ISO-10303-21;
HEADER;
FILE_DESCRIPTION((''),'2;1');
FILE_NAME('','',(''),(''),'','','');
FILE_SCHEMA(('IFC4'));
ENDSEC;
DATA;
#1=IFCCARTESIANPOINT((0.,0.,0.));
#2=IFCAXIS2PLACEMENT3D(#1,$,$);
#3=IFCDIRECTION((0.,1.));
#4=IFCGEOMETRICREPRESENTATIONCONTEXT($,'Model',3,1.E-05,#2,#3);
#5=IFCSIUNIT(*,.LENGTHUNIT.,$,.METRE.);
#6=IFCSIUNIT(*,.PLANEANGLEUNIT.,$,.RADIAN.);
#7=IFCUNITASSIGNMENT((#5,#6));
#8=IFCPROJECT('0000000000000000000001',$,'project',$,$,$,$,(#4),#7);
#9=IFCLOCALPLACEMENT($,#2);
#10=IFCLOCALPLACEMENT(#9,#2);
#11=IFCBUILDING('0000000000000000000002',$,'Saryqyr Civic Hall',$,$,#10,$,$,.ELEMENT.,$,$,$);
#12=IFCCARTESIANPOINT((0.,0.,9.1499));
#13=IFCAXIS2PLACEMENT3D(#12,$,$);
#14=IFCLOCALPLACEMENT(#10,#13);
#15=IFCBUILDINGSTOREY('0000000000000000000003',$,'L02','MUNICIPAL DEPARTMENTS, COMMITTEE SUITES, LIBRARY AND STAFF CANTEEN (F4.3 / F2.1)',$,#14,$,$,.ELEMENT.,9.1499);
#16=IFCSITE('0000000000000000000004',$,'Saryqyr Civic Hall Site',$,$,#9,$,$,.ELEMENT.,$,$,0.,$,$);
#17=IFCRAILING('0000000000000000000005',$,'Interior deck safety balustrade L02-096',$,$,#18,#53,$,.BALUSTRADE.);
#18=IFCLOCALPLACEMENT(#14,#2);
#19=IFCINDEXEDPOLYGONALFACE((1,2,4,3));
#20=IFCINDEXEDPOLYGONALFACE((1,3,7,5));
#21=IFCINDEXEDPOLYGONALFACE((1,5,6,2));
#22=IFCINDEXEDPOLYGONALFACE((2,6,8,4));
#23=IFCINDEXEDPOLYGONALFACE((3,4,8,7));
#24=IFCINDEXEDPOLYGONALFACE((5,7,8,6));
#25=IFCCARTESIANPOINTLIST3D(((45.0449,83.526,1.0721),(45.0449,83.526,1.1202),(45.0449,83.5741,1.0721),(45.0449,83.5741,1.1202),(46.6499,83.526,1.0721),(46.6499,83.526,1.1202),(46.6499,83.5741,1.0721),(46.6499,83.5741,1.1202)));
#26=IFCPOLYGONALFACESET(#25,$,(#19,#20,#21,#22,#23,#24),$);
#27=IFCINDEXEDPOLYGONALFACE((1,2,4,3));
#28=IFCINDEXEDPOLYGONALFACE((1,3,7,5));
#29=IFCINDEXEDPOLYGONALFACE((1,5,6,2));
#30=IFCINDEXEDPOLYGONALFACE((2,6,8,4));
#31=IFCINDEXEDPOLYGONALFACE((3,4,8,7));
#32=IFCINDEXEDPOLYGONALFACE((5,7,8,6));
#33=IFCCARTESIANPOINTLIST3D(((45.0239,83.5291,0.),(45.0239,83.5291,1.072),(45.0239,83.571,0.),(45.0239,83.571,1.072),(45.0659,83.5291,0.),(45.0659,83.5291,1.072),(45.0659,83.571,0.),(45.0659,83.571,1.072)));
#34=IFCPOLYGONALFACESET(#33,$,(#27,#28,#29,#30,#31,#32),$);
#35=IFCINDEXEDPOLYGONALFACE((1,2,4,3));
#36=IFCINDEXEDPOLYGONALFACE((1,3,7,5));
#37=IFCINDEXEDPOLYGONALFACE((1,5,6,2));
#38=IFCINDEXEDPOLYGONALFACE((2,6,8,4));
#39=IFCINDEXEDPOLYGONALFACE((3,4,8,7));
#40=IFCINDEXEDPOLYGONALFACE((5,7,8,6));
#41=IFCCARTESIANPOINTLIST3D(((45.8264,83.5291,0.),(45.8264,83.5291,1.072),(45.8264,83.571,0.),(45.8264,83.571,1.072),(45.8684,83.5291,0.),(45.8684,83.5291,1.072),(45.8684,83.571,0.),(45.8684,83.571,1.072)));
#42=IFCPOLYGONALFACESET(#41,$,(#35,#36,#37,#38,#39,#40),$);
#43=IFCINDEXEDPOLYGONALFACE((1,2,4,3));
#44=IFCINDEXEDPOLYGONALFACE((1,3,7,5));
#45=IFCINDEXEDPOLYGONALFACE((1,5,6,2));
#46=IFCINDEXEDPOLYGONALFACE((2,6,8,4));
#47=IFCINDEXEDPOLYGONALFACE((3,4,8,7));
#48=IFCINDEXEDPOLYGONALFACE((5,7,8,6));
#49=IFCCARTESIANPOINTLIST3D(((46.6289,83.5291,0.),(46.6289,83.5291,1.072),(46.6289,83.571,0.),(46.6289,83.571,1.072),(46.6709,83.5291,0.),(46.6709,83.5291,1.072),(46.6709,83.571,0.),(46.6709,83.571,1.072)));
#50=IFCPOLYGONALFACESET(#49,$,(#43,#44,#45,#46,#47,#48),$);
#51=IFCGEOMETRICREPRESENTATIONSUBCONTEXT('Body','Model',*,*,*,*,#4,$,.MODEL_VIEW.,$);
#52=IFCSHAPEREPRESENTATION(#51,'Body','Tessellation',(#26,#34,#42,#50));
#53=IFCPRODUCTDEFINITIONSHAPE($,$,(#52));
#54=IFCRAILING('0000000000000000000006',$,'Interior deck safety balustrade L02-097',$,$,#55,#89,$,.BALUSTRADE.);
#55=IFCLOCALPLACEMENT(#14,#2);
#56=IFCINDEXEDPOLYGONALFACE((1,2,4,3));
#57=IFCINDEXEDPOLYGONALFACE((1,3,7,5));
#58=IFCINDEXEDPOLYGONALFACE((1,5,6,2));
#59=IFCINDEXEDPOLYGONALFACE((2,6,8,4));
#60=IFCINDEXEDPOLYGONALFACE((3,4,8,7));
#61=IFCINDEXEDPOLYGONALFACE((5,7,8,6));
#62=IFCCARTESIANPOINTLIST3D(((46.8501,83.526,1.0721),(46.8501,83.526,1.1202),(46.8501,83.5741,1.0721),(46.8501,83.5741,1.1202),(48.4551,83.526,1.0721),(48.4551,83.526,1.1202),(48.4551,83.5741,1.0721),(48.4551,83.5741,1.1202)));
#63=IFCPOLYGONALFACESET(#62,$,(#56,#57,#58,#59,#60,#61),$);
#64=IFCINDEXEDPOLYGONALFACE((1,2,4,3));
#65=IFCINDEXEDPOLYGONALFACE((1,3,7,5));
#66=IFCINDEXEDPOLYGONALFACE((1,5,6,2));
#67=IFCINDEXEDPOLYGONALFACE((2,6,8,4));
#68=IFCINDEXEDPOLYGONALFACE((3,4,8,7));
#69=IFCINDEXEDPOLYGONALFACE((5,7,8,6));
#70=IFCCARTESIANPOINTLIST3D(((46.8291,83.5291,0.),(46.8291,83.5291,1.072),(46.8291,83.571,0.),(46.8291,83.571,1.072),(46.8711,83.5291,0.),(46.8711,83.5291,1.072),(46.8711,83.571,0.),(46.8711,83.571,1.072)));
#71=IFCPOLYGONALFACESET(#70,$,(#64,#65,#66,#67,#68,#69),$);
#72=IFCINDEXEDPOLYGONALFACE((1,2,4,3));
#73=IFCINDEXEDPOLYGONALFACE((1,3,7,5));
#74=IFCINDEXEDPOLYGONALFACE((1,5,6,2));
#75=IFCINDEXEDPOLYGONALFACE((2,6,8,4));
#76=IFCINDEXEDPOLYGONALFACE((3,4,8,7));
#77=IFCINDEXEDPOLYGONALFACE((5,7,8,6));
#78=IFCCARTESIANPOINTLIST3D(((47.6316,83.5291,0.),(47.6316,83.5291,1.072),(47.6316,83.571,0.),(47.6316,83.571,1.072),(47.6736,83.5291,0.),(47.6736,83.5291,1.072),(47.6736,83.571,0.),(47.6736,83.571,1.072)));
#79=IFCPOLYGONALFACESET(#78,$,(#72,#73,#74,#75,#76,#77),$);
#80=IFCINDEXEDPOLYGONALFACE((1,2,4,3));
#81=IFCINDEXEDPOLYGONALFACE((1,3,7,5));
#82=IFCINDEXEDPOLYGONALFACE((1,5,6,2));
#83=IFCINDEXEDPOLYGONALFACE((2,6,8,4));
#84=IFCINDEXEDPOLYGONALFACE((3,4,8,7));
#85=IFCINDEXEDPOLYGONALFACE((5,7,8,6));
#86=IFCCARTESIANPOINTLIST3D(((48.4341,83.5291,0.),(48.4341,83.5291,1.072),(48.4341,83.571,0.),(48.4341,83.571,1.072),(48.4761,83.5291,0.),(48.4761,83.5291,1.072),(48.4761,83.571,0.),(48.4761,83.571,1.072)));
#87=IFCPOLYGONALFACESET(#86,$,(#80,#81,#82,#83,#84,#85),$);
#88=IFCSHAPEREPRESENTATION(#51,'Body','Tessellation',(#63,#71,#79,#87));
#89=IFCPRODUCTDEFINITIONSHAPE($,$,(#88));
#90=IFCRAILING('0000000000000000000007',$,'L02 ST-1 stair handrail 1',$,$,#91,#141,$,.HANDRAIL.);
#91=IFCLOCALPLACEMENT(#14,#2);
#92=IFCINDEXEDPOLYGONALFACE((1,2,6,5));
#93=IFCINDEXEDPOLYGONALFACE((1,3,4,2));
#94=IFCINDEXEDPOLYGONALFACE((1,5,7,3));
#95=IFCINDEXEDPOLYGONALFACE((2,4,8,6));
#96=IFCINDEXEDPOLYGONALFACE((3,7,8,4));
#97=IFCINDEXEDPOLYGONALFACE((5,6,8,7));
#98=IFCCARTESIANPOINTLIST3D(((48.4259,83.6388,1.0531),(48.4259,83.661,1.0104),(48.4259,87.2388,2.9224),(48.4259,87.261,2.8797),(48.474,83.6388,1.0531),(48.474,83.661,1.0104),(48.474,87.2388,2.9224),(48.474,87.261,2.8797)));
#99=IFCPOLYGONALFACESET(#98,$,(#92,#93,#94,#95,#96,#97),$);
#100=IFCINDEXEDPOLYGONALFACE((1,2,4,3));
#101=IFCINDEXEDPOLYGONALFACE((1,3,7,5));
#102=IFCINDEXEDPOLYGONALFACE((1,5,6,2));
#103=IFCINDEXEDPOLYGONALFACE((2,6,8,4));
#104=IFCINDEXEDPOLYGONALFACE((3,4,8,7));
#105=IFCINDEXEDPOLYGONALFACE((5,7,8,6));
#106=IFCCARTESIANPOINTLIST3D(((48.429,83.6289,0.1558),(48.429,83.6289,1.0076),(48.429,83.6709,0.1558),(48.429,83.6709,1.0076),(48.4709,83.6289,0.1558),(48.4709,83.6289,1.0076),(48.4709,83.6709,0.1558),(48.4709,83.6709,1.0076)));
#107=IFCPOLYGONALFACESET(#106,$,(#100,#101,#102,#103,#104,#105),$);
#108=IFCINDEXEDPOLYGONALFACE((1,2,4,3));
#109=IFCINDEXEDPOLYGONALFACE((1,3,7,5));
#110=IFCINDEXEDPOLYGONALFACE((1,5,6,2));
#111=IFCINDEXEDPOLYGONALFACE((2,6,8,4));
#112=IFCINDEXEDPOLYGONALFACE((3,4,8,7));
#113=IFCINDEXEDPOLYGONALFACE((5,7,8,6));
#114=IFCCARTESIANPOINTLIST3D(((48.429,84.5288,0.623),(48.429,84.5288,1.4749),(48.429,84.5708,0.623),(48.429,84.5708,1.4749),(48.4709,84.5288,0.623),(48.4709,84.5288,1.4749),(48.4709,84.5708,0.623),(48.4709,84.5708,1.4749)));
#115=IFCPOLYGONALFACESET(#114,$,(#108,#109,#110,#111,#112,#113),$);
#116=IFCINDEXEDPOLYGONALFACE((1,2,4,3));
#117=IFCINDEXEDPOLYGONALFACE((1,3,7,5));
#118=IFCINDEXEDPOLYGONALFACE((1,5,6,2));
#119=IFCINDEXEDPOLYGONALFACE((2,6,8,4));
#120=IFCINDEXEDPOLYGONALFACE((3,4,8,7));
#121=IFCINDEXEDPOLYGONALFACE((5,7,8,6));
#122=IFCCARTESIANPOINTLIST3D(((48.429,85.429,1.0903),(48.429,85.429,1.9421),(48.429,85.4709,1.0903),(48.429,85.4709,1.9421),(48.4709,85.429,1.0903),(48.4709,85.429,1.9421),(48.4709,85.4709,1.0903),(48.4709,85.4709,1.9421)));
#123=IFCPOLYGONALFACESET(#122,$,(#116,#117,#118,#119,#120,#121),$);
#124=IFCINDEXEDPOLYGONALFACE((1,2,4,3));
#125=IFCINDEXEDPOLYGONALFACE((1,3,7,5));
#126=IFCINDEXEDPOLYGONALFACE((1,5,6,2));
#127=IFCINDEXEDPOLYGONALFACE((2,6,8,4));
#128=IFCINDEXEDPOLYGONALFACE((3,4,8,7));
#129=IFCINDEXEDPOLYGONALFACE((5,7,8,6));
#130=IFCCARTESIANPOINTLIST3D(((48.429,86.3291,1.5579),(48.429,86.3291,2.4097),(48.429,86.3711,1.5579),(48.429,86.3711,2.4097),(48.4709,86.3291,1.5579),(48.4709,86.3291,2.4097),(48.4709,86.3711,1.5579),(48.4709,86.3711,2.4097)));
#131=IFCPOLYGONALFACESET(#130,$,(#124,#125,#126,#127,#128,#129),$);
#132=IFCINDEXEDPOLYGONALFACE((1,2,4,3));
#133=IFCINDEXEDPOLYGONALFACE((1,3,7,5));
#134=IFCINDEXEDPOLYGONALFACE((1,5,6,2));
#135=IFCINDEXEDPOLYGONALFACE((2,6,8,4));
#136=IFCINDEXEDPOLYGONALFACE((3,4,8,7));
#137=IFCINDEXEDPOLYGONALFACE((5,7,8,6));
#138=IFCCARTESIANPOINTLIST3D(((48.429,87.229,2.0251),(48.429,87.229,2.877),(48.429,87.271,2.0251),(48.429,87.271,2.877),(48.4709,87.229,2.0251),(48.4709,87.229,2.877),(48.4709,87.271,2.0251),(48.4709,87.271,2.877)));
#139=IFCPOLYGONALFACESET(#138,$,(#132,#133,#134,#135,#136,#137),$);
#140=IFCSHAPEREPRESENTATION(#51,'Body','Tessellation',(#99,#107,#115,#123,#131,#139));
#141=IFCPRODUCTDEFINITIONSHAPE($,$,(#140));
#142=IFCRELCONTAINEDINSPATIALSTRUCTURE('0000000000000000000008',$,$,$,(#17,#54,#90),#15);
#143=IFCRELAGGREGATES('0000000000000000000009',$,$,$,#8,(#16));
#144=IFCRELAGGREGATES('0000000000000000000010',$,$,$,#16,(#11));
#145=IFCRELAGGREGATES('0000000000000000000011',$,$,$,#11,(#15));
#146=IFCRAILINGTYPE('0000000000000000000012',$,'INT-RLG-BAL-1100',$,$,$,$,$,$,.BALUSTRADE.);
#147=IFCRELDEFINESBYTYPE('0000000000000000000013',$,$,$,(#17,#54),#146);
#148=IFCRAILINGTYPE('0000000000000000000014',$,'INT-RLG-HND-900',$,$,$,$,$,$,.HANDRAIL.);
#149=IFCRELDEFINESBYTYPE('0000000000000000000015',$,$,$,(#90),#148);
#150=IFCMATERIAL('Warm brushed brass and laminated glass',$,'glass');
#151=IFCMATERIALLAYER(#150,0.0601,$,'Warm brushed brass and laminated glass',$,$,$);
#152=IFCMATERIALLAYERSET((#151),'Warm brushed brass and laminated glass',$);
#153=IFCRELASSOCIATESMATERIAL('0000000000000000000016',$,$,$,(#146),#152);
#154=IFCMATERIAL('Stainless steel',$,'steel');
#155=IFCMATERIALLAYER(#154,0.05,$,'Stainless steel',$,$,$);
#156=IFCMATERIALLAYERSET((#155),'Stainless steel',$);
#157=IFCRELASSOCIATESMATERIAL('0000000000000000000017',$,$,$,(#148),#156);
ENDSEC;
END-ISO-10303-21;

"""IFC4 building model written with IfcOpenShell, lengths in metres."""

from ifc_helpers import new_model, si_unit, direction, frame, origin, origin_2d, place, context, subcontext, project, spatial, rectangle, extrude, material, layer, layer_set, type_object, element, save


model = new_model("IFC4")

# Units and contexts
model_context = context("Model", 3, precision=1e-05, world=origin(), true_north=direction((0.0, 1.0)))
body_context = subcontext(model_context, "Body", "Model", "MODEL_VIEW")
ifc_project = project(units=[si_unit("LENGTHUNIT", "METRE"), si_unit("PLANEANGLEUNIT", "RADIAN")], contexts=[model_context])

# Site, building, storey
site_placement = place(None, origin())
site = spatial("IfcSite", under=ifc_project, at=site_placement, Name="Saryqyr Civic Hall Site", CompositionType="ELEMENT", RefElevation=0.0)
building_placement = place(site_placement, origin())
building = spatial("IfcBuilding", under=site, at=building_placement, Name="Saryqyr Civic Hall", CompositionType="ELEMENT")
storey_placement = place(building_placement, frame((0.0, 0.0, 9.1499)))
storey = spatial("IfcBuildingStorey", under=building, at=storey_placement, Name="L02", Description="MUNICIPAL DEPARTMENTS, COMMITTEE SUITES, LIBRARY AND STAFF CANTEEN (F4.3 / F2.1)", CompositionType="ELEMENT", Elevation=9.1499)

# Railings
ifc_material_1 = material(Name="Warm brushed brass and laminated glass", Category="glass")
ifc_layer_1 = layer(ifc_material_1, 0.0601, Name="Warm brushed brass and laminated glass")
ifc_layer_set_1 = layer_set([ifc_layer_1], Name="Warm brushed brass and laminated glass")
railing_type_1 = type_object("IfcRailingType", Name="INT-RLG-BAL-1100", PredefinedType="BALUSTRADE", material=ifc_layer_set_1)
for number, where, name in (
    (1, (45.0449, 83.55, 0.0), "Interior deck safety balustrade L02-096"),
    (2, (46.8501, 83.55, 0.0), "Interior deck safety balustrade L02-097"),
):
    element("IfcRailing", number, at=place(storey_placement, frame(where)), inside=storey, type_object=railing_type_1, Name=name, PredefinedType="BALUSTRADE", context=body_context, shape_type="SweptSolid", body=[
        extrude(rectangle(XDim=0.0481, YDim=0.0481, at=origin_2d()), frame((0.0, 0.0, 1.0962), z_axis=(1.0, 0.0, 0.0), x_axis=(0.0, 1.0, 0.0)), (0.0, 0.0, 1.0), 1.605),
        extrude(rectangle(XDim=0.042, YDim=0.042, at=origin_2d()), origin(), (0.0, 0.0, 1.0), 1.072),
        extrude(rectangle(XDim=0.042, YDim=0.042, at=origin_2d()), frame((0.8025, 0.0, 0.0)), (0.0, 0.0, 1.0), 1.072),
        extrude(rectangle(XDim=0.042, YDim=0.042, at=origin_2d()), frame((1.605, 0.0, 0.0)), (0.0, 0.0, 1.0), 1.072),
    ])
ifc_material_2 = material(Name="Stainless steel", Category="steel")
ifc_layer_2 = layer(ifc_material_2, 0.05, Name="Stainless steel")
ifc_layer_set_2 = layer_set([ifc_layer_2], Name="Stainless steel")
railing_type_2 = type_object("IfcRailingType", Name="INT-RLG-HND-900", PredefinedType="HANDRAIL", material=ifc_layer_set_2)
railing_1_placement = place(storey_placement, frame((48.45, 83.6499, 0.1558)))
element("IfcRailing", 3, at=railing_1_placement, inside=storey, type_object=railing_type_2, Name="L02 ST-1 stair handrail 1", PredefinedType="HANDRAIL", context=body_context, shape_type="SweptSolid", body=[
    extrude(rectangle(XDim=0.0481, YDim=0.0481, at=origin_2d()), frame((0.0, 0.0, 0.876), z_axis=(0.0, 0.887486, 0.460835), x_axis=(-1.0, 0.0, 0.0)), (0.0, 0.0, 1.0), 4.0564),
    extrude(rectangle(XDim=0.042, YDim=0.042, at=origin_2d()), origin(), (0.0, 0.0, 1.0), 0.8518),
    extrude(rectangle(XDim=0.042, YDim=0.042, at=origin_2d()), frame((0.0, 0.8999, 0.4673)), (0.0, 0.0, 1.0), 0.8518),
    extrude(rectangle(XDim=0.042, YDim=0.042, at=origin_2d()), frame((0.0, 1.8, 0.9346)), (0.0, 0.0, 1.0), 0.8518),
    extrude(rectangle(XDim=0.042, YDim=0.042, at=origin_2d()), frame((0.0, 2.7002, 1.4021)), (0.0, 0.0, 1.0), 0.8518),
    extrude(rectangle(XDim=0.042, YDim=0.042, at=origin_2d()), frame((0.0, 3.6001, 1.8694)), (0.0, 0.0, 1.0), 0.8518),
])

save(model, "model.ifc")
